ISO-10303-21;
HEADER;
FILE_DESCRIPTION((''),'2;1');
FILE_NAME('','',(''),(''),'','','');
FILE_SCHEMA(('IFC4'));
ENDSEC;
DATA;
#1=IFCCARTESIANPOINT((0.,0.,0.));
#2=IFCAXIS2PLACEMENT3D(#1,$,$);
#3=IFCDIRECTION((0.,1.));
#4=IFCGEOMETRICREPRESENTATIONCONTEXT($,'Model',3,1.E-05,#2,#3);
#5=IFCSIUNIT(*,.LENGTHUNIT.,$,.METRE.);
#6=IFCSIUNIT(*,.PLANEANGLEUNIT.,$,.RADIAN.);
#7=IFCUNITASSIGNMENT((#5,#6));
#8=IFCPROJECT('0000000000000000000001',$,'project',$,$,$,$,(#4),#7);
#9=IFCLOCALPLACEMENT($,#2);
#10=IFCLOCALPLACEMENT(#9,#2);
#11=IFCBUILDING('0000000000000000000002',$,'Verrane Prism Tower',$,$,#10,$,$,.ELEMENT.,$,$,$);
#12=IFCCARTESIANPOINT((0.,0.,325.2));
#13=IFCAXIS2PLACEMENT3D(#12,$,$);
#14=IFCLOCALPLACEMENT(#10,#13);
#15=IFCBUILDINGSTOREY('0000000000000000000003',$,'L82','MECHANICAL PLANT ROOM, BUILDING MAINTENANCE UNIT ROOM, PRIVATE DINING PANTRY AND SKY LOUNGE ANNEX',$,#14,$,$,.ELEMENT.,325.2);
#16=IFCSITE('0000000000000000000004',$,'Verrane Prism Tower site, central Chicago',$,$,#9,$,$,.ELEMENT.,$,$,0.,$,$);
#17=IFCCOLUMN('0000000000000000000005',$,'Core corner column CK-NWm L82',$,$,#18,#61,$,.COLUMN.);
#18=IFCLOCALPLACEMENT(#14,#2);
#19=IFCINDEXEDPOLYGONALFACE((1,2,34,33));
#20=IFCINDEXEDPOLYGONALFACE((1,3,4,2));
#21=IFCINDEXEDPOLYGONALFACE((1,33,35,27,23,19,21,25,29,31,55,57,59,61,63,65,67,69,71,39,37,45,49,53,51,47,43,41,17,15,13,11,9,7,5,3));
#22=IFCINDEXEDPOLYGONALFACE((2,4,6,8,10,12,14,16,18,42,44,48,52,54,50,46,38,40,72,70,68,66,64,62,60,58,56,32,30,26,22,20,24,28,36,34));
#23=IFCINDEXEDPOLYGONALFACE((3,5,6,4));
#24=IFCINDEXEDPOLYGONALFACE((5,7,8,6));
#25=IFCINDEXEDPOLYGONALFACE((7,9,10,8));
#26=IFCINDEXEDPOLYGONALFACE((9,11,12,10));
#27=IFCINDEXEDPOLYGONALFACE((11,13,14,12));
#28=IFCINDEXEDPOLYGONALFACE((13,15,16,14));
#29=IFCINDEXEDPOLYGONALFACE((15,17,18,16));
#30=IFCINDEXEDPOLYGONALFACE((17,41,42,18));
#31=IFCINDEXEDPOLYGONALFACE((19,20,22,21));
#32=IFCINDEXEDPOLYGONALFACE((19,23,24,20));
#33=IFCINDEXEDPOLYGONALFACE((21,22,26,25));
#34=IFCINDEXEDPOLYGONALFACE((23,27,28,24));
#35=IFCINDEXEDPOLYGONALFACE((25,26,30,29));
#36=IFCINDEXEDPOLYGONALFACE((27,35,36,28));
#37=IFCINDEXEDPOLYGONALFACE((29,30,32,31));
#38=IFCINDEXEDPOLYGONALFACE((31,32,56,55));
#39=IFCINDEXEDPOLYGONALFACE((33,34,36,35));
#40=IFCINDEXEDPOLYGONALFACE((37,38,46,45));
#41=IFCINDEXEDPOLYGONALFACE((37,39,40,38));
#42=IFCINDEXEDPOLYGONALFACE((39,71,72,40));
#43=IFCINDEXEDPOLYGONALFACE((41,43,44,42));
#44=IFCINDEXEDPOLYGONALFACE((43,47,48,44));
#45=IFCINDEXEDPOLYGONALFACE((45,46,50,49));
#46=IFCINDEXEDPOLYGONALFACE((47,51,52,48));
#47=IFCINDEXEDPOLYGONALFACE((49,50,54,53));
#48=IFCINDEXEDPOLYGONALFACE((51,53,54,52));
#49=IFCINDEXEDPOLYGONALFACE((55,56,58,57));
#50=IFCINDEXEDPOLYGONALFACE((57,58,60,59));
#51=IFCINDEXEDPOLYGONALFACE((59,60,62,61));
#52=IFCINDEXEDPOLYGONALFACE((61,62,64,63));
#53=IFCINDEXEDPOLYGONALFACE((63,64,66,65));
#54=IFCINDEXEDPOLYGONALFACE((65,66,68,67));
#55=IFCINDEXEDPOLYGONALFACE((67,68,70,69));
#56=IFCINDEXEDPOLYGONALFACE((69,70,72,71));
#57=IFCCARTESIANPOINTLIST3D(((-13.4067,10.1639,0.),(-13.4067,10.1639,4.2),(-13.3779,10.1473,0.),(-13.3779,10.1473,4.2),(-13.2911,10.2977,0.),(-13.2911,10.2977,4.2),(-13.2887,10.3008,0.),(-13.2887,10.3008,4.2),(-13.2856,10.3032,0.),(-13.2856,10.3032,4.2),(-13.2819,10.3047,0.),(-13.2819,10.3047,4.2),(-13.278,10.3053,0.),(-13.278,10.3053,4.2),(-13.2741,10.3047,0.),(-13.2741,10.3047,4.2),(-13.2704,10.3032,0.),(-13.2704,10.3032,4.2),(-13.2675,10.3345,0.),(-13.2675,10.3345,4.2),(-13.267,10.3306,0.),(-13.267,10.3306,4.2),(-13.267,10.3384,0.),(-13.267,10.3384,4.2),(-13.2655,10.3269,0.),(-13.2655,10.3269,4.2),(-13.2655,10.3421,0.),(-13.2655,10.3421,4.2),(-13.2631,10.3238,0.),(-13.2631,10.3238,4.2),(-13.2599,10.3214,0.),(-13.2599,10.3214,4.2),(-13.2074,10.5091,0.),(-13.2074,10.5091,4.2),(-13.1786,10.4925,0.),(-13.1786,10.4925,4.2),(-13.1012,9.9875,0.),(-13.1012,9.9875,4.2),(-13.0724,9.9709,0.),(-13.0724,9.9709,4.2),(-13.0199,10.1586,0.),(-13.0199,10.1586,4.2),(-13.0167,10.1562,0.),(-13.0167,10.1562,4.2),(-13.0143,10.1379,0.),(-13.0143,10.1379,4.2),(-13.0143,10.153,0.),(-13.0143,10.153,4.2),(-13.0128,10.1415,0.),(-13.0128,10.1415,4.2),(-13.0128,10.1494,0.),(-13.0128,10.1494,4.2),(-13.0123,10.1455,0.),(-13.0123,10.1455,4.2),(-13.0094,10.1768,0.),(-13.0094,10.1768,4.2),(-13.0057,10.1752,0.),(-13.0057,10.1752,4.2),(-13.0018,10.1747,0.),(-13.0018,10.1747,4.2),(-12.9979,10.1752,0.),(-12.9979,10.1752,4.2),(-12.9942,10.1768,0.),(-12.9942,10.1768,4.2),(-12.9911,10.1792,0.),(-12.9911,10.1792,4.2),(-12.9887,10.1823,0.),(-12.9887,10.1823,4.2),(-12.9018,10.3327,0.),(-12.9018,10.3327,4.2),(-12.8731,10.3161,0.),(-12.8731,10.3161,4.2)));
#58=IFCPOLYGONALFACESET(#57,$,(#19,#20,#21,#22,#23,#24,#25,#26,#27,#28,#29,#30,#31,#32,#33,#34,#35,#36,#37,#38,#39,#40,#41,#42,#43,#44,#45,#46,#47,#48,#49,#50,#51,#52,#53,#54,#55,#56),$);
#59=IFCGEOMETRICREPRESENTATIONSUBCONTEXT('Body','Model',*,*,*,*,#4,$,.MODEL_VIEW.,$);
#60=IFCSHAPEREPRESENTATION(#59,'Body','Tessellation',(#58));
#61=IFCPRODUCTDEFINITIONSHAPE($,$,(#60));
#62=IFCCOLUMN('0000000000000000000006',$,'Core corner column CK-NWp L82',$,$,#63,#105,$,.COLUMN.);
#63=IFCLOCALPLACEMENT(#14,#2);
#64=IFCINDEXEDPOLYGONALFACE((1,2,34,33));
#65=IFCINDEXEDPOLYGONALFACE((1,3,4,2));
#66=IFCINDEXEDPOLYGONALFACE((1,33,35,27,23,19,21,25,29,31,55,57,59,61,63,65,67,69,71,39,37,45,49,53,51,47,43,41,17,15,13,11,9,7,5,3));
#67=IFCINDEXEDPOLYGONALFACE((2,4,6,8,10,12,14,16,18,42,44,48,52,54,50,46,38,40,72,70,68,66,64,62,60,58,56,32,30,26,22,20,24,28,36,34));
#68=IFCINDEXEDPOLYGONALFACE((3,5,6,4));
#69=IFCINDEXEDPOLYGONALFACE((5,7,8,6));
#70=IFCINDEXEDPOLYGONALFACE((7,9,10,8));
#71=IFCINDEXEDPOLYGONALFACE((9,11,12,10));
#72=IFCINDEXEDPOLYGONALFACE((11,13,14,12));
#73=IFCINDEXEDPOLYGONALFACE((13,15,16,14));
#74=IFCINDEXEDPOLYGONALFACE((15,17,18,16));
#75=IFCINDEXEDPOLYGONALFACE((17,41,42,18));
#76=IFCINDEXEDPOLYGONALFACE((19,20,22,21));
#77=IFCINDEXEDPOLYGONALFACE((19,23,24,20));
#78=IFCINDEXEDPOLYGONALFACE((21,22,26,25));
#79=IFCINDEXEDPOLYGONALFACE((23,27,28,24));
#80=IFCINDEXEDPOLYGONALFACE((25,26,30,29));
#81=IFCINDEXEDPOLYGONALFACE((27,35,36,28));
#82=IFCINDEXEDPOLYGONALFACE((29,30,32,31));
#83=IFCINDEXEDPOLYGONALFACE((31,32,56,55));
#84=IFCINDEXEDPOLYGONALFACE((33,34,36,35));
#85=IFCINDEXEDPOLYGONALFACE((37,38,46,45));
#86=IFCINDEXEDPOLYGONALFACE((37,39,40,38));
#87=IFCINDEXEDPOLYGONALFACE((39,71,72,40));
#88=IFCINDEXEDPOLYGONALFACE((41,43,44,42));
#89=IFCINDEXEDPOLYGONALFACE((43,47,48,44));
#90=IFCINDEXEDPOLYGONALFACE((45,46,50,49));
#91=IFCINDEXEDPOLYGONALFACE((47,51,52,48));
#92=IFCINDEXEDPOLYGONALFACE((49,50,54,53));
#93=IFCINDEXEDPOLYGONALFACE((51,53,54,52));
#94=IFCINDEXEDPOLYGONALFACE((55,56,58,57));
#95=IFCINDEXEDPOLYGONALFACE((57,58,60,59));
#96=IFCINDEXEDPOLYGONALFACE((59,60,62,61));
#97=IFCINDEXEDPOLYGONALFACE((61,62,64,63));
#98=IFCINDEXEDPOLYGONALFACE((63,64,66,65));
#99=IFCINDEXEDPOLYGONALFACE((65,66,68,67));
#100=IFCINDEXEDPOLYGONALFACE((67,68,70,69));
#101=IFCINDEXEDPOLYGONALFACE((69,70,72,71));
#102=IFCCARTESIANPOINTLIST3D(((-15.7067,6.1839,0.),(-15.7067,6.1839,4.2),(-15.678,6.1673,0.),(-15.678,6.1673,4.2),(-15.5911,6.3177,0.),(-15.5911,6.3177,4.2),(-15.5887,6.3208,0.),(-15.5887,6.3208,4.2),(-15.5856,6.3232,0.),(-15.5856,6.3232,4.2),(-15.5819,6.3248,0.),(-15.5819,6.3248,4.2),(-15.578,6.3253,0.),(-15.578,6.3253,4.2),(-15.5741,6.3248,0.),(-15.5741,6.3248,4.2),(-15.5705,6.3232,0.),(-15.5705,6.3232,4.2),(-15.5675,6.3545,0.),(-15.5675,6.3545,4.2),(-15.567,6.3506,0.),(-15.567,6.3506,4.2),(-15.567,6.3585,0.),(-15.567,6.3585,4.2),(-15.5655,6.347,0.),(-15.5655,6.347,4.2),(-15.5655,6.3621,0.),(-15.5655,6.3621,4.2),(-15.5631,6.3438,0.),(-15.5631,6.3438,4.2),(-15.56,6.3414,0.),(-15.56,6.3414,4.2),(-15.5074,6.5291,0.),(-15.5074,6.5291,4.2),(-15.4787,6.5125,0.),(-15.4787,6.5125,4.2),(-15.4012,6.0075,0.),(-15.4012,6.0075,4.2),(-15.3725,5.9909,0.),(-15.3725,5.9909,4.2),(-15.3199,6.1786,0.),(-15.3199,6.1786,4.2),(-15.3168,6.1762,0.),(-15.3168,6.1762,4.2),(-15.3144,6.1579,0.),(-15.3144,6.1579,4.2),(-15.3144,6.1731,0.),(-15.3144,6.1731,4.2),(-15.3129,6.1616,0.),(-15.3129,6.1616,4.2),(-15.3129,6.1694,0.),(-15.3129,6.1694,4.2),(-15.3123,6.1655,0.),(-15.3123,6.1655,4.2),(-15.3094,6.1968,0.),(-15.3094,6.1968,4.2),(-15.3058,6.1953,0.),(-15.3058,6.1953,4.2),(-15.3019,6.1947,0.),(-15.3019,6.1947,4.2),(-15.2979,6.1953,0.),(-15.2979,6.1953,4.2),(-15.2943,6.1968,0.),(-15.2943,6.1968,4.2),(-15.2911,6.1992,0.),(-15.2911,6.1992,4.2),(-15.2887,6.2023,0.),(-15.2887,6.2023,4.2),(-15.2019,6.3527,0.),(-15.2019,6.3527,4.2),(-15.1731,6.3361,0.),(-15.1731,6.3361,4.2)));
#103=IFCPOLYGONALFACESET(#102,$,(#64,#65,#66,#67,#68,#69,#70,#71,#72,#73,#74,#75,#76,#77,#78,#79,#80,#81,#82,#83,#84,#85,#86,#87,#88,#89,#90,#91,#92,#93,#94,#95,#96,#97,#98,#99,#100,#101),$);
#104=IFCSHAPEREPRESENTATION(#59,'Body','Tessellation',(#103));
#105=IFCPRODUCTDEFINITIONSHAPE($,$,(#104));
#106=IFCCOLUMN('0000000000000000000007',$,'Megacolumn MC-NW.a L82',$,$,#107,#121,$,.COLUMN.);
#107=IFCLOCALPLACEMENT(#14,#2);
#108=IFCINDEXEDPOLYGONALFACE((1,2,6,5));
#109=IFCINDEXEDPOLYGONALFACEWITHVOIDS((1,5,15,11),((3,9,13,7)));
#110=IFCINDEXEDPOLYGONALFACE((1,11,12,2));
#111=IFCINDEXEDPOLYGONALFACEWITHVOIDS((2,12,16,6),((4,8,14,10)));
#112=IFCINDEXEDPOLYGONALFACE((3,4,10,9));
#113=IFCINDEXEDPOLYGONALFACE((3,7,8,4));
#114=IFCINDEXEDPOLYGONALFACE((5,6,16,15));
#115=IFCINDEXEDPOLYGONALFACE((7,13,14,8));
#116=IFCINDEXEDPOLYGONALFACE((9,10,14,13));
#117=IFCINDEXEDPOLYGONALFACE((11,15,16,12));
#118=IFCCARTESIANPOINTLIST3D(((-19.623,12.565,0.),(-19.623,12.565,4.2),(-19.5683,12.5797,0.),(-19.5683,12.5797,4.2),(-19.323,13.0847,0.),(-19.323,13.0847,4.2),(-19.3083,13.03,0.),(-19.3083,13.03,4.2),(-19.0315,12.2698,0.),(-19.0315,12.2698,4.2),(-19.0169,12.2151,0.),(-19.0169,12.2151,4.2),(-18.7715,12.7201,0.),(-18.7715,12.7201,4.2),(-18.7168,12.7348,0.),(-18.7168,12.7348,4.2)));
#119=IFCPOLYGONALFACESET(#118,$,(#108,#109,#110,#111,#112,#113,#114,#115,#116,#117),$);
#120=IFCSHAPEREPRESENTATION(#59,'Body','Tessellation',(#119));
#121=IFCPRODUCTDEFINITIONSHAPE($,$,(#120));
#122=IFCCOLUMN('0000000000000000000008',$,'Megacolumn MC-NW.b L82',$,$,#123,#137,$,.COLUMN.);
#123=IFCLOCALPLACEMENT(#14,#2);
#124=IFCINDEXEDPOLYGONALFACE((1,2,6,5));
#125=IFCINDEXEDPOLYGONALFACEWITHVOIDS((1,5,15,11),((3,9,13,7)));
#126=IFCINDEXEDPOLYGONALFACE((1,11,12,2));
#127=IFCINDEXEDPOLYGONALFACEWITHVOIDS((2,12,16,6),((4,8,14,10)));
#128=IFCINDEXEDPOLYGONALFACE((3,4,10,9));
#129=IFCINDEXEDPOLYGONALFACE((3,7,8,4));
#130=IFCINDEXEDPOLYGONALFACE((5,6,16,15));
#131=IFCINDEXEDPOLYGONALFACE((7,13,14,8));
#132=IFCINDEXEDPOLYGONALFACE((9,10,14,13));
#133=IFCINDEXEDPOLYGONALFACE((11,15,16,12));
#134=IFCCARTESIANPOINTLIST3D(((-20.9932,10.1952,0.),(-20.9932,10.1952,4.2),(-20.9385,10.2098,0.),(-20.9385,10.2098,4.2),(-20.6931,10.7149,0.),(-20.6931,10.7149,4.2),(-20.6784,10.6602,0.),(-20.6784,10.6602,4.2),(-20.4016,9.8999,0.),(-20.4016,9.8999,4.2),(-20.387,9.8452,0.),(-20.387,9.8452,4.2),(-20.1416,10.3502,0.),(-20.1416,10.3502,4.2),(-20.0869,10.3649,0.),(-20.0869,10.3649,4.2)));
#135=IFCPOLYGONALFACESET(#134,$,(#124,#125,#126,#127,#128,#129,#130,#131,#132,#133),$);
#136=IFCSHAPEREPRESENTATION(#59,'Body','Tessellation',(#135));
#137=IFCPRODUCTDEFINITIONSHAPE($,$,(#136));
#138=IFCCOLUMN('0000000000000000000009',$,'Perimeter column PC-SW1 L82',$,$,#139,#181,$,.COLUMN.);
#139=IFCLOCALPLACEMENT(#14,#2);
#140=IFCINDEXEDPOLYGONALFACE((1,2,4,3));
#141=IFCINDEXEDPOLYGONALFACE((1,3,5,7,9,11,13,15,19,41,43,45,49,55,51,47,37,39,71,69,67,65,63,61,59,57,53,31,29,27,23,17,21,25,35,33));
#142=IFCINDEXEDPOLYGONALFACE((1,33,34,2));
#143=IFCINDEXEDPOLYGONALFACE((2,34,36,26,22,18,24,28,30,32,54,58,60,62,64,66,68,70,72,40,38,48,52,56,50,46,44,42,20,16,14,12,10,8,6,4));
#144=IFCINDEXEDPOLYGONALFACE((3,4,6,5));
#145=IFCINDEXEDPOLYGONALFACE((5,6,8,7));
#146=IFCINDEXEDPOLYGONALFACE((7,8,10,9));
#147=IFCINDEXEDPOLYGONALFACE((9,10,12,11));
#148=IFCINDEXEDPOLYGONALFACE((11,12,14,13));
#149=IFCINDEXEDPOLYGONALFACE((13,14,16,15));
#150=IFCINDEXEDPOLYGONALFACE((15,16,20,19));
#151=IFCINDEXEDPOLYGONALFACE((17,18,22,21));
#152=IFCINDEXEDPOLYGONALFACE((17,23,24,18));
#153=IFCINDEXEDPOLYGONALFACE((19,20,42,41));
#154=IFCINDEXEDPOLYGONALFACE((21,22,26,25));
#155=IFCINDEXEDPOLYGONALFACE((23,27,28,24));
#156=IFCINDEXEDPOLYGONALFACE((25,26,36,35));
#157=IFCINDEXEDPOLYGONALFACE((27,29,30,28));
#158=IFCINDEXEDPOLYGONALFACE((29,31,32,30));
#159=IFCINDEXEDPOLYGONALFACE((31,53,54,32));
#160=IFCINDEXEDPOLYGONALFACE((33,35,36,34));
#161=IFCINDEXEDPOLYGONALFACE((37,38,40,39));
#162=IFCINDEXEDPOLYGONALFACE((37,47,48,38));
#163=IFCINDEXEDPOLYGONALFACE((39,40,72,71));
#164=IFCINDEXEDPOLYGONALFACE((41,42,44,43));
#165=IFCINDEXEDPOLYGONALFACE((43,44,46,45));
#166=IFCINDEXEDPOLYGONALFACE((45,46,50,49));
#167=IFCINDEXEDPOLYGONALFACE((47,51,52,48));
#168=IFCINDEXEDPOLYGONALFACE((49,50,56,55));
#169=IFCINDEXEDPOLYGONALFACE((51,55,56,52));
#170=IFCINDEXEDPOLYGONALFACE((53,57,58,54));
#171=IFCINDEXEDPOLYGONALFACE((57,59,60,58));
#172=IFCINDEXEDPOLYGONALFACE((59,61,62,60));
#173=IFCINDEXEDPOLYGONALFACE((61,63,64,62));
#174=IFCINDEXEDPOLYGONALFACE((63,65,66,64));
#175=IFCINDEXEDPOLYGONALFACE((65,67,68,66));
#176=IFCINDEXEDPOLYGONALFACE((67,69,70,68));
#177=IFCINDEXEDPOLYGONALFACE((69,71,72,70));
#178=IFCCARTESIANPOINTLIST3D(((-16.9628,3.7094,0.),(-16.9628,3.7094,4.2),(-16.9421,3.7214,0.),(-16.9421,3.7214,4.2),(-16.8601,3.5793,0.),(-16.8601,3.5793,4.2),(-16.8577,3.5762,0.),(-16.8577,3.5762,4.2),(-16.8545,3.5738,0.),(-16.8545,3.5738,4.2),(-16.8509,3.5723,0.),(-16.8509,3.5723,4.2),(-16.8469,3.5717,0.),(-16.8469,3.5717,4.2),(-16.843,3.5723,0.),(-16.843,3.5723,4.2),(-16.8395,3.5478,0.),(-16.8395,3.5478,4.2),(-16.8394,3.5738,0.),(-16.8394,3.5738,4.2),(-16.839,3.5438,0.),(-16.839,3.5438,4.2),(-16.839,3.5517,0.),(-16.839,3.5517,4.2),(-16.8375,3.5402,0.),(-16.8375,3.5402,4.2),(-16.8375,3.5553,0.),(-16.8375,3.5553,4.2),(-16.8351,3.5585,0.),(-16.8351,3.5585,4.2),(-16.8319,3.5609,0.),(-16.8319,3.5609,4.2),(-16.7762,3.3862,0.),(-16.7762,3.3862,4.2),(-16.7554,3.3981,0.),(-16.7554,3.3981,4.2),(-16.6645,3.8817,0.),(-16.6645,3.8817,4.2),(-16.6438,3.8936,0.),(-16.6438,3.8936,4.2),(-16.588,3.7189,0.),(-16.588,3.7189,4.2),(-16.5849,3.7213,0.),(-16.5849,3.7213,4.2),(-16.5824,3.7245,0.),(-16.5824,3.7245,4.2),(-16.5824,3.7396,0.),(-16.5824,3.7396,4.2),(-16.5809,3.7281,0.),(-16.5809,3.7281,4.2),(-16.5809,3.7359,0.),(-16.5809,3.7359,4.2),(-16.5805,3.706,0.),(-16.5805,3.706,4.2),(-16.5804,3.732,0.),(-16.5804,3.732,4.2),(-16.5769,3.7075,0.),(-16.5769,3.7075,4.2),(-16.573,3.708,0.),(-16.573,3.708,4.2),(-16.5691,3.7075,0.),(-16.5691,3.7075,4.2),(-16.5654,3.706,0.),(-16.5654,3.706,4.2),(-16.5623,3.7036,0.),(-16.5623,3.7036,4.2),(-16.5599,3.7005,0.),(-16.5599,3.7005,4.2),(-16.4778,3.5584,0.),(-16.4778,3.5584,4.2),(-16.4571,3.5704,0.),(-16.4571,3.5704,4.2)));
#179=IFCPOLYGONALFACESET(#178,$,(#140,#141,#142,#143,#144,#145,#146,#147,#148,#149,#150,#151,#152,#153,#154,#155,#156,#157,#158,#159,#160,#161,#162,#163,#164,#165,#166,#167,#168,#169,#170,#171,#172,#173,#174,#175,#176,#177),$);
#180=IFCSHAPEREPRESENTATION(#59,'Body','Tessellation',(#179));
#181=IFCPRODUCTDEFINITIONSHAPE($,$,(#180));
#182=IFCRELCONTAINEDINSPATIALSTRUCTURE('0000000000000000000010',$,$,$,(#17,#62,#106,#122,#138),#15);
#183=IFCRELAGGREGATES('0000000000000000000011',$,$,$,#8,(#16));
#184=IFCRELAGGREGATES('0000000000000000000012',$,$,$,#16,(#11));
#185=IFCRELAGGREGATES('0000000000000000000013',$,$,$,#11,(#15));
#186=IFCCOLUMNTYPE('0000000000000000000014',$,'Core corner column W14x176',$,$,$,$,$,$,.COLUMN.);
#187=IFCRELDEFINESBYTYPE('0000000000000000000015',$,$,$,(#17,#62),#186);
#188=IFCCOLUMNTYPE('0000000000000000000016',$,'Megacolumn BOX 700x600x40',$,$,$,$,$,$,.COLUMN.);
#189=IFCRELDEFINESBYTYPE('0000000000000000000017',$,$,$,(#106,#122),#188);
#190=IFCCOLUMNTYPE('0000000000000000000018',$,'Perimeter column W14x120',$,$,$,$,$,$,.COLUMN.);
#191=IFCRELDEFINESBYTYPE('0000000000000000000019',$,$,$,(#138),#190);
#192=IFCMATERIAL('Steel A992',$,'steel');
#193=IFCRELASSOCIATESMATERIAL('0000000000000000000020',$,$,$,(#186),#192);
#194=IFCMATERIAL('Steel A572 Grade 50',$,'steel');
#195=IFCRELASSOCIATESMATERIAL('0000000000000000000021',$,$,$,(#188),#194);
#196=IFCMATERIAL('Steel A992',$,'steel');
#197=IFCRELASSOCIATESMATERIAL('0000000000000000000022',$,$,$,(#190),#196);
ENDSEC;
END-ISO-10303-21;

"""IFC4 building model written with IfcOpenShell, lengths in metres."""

from ifc_helpers import new_model, si_unit, direction, frame, origin, origin_2d, place, context, subcontext, project, spatial, hollow_rectangle, i_section, extrude, material, material_profile, profile_set, type_object, element, save


model = new_model("IFC4")

# Units and contexts
model_context = context("Model", 3, precision=1e-05, world=origin(), true_north=direction((0.0, 1.0)))
body_context = subcontext(model_context, "Body", "Model", "MODEL_VIEW")
ifc_project = project(units=[si_unit("LENGTHUNIT", "METRE"), si_unit("PLANEANGLEUNIT", "RADIAN")], contexts=[model_context])

# Site, building, storey
site_placement = place(None, origin())
site = spatial("IfcSite", under=ifc_project, at=site_placement, Name="Verrane Prism Tower site, central Chicago", CompositionType="ELEMENT", RefElevation=0.0)
building_placement = place(site_placement, origin())
building = spatial("IfcBuilding", under=site, at=building_placement, Name="Verrane Prism Tower", CompositionType="ELEMENT")
storey_placement = place(building_placement, frame((0.0, 0.0, 325.2)))
storey = spatial("IfcBuildingStorey", under=building, at=storey_placement, Name="L82", Description="MECHANICAL PLANT ROOM, BUILDING MAINTENANCE UNIT ROOM, PRIVATE DINING PANTRY AND SKY LOUNGE ANNEX", CompositionType="ELEMENT", Elevation=325.2)

# Columns
ifc_material_1 = material(Name="Steel A992", Category="steel")
ifc_material_profile_1 = material_profile(ifc_material_1, i_section(OverallWidth=0.3987, OverallDepth=0.386, WebThickness=0.021, FlangeThickness=0.0332, FilletRadius=0.0151, at=origin_2d()), Name="W14x176")
ifc_profile_set_1 = profile_set([ifc_material_profile_1], Name="Steel A992")
column_type_1 = type_object("IfcColumnType", Name="Core corner column W14x176", PredefinedType="COLUMN", material=ifc_profile_set_1)
for number, where, z_axis, x_axis, name in (
    (1, (-13.1399, 10.24, 0.0), (0.0, 0.0, 1.0), (0.5, 0.866025, 0.0), "Core corner column CK-NWm L82"),
    (2, (-15.4399, 6.26, 0.0), (0.0, 0.0, 1.0), (0.5, 0.866025, 0.0), "Core corner column CK-NWp L82"),
):
    element("IfcColumn", number, at=place(storey_placement, frame(where, z_axis=z_axis, x_axis=x_axis)), inside=storey, type_object=column_type_1, Name=name, PredefinedType="COLUMN", context=body_context, shape_type="SweptSolid", body=[
        extrude(i_section(OverallWidth=0.3987, OverallDepth=0.386, WebThickness=0.021, FlangeThickness=0.0332, FilletRadius=0.0151, at=origin_2d()), origin(), (0.0, 0.0, 1.0), 4.2),
    ])
ifc_material_2 = material(Name="Steel A572 Grade 50", Category="steel")
ifc_material_profile_2 = material_profile(ifc_material_2, hollow_rectangle(XDim=0.6001, YDim=0.7, WallThickness=0.04, at=origin_2d()), Name="BOX 700x600x40")
ifc_profile_set_2 = profile_set([ifc_material_profile_2], Name="Steel A572 Grade 50")
column_type_2 = type_object("IfcColumnType", Name="Megacolumn BOX 700x600x40", PredefinedType="COLUMN", material=ifc_profile_set_2)
for number, where, z_axis, x_axis, name in (
    (3, (-19.1699, 12.6499, 0.0), (0.0, 0.0, 1.0), (0.5, 0.866025, 0.0), "Megacolumn MC-NW.a L82"),
    (4, (-20.54, 10.28, 0.0), (0.0, 0.0, 1.0), (0.5, 0.866025, 0.0), "Megacolumn MC-NW.b L82"),
):
    element("IfcColumn", number, at=place(storey_placement, frame(where, z_axis=z_axis, x_axis=x_axis)), inside=storey, type_object=column_type_2, Name=name, PredefinedType="COLUMN", context=body_context, shape_type="SweptSolid", body=[
        extrude(hollow_rectangle(XDim=0.6001, YDim=0.7, WallThickness=0.04, at=origin_2d()), origin(), (0.0, 0.0, 1.0), 4.2),
    ])
ifc_material_3 = material(Name="Steel A992", Category="steel")
ifc_material_profile_3 = material_profile(ifc_material_3, i_section(OverallWidth=0.3733, OverallDepth=0.3684, WebThickness=0.0149, FlangeThickness=0.0239, FilletRadius=0.0151, at=origin_2d()), Name="W14x120")
ifc_profile_set_3 = profile_set([ifc_material_profile_3], Name="Steel A992")
column_type_3 = type_object("IfcColumnType", Name="Perimeter column W14x120", PredefinedType="COLUMN", material=ifc_profile_set_3)
column_placement = place(storey_placement, frame((-16.71, 3.6399, 0.0), z_axis=(0.0, 0.0, 1.0), x_axis=(-0.5, 0.866025, 0.0)))
element("IfcColumn", 5, at=column_placement, inside=storey, type_object=column_type_3, Name="Perimeter column PC-SW1 L82", PredefinedType="COLUMN", context=body_context, shape_type="SweptSolid", body=[
    extrude(i_section(OverallWidth=0.3733, OverallDepth=0.3684, WebThickness=0.0149, FlangeThickness=0.0239, FilletRadius=0.0151, at=origin_2d()), origin(), (0.0, 0.0, 1.0), 4.2),
])

save(model, "model.ifc")
